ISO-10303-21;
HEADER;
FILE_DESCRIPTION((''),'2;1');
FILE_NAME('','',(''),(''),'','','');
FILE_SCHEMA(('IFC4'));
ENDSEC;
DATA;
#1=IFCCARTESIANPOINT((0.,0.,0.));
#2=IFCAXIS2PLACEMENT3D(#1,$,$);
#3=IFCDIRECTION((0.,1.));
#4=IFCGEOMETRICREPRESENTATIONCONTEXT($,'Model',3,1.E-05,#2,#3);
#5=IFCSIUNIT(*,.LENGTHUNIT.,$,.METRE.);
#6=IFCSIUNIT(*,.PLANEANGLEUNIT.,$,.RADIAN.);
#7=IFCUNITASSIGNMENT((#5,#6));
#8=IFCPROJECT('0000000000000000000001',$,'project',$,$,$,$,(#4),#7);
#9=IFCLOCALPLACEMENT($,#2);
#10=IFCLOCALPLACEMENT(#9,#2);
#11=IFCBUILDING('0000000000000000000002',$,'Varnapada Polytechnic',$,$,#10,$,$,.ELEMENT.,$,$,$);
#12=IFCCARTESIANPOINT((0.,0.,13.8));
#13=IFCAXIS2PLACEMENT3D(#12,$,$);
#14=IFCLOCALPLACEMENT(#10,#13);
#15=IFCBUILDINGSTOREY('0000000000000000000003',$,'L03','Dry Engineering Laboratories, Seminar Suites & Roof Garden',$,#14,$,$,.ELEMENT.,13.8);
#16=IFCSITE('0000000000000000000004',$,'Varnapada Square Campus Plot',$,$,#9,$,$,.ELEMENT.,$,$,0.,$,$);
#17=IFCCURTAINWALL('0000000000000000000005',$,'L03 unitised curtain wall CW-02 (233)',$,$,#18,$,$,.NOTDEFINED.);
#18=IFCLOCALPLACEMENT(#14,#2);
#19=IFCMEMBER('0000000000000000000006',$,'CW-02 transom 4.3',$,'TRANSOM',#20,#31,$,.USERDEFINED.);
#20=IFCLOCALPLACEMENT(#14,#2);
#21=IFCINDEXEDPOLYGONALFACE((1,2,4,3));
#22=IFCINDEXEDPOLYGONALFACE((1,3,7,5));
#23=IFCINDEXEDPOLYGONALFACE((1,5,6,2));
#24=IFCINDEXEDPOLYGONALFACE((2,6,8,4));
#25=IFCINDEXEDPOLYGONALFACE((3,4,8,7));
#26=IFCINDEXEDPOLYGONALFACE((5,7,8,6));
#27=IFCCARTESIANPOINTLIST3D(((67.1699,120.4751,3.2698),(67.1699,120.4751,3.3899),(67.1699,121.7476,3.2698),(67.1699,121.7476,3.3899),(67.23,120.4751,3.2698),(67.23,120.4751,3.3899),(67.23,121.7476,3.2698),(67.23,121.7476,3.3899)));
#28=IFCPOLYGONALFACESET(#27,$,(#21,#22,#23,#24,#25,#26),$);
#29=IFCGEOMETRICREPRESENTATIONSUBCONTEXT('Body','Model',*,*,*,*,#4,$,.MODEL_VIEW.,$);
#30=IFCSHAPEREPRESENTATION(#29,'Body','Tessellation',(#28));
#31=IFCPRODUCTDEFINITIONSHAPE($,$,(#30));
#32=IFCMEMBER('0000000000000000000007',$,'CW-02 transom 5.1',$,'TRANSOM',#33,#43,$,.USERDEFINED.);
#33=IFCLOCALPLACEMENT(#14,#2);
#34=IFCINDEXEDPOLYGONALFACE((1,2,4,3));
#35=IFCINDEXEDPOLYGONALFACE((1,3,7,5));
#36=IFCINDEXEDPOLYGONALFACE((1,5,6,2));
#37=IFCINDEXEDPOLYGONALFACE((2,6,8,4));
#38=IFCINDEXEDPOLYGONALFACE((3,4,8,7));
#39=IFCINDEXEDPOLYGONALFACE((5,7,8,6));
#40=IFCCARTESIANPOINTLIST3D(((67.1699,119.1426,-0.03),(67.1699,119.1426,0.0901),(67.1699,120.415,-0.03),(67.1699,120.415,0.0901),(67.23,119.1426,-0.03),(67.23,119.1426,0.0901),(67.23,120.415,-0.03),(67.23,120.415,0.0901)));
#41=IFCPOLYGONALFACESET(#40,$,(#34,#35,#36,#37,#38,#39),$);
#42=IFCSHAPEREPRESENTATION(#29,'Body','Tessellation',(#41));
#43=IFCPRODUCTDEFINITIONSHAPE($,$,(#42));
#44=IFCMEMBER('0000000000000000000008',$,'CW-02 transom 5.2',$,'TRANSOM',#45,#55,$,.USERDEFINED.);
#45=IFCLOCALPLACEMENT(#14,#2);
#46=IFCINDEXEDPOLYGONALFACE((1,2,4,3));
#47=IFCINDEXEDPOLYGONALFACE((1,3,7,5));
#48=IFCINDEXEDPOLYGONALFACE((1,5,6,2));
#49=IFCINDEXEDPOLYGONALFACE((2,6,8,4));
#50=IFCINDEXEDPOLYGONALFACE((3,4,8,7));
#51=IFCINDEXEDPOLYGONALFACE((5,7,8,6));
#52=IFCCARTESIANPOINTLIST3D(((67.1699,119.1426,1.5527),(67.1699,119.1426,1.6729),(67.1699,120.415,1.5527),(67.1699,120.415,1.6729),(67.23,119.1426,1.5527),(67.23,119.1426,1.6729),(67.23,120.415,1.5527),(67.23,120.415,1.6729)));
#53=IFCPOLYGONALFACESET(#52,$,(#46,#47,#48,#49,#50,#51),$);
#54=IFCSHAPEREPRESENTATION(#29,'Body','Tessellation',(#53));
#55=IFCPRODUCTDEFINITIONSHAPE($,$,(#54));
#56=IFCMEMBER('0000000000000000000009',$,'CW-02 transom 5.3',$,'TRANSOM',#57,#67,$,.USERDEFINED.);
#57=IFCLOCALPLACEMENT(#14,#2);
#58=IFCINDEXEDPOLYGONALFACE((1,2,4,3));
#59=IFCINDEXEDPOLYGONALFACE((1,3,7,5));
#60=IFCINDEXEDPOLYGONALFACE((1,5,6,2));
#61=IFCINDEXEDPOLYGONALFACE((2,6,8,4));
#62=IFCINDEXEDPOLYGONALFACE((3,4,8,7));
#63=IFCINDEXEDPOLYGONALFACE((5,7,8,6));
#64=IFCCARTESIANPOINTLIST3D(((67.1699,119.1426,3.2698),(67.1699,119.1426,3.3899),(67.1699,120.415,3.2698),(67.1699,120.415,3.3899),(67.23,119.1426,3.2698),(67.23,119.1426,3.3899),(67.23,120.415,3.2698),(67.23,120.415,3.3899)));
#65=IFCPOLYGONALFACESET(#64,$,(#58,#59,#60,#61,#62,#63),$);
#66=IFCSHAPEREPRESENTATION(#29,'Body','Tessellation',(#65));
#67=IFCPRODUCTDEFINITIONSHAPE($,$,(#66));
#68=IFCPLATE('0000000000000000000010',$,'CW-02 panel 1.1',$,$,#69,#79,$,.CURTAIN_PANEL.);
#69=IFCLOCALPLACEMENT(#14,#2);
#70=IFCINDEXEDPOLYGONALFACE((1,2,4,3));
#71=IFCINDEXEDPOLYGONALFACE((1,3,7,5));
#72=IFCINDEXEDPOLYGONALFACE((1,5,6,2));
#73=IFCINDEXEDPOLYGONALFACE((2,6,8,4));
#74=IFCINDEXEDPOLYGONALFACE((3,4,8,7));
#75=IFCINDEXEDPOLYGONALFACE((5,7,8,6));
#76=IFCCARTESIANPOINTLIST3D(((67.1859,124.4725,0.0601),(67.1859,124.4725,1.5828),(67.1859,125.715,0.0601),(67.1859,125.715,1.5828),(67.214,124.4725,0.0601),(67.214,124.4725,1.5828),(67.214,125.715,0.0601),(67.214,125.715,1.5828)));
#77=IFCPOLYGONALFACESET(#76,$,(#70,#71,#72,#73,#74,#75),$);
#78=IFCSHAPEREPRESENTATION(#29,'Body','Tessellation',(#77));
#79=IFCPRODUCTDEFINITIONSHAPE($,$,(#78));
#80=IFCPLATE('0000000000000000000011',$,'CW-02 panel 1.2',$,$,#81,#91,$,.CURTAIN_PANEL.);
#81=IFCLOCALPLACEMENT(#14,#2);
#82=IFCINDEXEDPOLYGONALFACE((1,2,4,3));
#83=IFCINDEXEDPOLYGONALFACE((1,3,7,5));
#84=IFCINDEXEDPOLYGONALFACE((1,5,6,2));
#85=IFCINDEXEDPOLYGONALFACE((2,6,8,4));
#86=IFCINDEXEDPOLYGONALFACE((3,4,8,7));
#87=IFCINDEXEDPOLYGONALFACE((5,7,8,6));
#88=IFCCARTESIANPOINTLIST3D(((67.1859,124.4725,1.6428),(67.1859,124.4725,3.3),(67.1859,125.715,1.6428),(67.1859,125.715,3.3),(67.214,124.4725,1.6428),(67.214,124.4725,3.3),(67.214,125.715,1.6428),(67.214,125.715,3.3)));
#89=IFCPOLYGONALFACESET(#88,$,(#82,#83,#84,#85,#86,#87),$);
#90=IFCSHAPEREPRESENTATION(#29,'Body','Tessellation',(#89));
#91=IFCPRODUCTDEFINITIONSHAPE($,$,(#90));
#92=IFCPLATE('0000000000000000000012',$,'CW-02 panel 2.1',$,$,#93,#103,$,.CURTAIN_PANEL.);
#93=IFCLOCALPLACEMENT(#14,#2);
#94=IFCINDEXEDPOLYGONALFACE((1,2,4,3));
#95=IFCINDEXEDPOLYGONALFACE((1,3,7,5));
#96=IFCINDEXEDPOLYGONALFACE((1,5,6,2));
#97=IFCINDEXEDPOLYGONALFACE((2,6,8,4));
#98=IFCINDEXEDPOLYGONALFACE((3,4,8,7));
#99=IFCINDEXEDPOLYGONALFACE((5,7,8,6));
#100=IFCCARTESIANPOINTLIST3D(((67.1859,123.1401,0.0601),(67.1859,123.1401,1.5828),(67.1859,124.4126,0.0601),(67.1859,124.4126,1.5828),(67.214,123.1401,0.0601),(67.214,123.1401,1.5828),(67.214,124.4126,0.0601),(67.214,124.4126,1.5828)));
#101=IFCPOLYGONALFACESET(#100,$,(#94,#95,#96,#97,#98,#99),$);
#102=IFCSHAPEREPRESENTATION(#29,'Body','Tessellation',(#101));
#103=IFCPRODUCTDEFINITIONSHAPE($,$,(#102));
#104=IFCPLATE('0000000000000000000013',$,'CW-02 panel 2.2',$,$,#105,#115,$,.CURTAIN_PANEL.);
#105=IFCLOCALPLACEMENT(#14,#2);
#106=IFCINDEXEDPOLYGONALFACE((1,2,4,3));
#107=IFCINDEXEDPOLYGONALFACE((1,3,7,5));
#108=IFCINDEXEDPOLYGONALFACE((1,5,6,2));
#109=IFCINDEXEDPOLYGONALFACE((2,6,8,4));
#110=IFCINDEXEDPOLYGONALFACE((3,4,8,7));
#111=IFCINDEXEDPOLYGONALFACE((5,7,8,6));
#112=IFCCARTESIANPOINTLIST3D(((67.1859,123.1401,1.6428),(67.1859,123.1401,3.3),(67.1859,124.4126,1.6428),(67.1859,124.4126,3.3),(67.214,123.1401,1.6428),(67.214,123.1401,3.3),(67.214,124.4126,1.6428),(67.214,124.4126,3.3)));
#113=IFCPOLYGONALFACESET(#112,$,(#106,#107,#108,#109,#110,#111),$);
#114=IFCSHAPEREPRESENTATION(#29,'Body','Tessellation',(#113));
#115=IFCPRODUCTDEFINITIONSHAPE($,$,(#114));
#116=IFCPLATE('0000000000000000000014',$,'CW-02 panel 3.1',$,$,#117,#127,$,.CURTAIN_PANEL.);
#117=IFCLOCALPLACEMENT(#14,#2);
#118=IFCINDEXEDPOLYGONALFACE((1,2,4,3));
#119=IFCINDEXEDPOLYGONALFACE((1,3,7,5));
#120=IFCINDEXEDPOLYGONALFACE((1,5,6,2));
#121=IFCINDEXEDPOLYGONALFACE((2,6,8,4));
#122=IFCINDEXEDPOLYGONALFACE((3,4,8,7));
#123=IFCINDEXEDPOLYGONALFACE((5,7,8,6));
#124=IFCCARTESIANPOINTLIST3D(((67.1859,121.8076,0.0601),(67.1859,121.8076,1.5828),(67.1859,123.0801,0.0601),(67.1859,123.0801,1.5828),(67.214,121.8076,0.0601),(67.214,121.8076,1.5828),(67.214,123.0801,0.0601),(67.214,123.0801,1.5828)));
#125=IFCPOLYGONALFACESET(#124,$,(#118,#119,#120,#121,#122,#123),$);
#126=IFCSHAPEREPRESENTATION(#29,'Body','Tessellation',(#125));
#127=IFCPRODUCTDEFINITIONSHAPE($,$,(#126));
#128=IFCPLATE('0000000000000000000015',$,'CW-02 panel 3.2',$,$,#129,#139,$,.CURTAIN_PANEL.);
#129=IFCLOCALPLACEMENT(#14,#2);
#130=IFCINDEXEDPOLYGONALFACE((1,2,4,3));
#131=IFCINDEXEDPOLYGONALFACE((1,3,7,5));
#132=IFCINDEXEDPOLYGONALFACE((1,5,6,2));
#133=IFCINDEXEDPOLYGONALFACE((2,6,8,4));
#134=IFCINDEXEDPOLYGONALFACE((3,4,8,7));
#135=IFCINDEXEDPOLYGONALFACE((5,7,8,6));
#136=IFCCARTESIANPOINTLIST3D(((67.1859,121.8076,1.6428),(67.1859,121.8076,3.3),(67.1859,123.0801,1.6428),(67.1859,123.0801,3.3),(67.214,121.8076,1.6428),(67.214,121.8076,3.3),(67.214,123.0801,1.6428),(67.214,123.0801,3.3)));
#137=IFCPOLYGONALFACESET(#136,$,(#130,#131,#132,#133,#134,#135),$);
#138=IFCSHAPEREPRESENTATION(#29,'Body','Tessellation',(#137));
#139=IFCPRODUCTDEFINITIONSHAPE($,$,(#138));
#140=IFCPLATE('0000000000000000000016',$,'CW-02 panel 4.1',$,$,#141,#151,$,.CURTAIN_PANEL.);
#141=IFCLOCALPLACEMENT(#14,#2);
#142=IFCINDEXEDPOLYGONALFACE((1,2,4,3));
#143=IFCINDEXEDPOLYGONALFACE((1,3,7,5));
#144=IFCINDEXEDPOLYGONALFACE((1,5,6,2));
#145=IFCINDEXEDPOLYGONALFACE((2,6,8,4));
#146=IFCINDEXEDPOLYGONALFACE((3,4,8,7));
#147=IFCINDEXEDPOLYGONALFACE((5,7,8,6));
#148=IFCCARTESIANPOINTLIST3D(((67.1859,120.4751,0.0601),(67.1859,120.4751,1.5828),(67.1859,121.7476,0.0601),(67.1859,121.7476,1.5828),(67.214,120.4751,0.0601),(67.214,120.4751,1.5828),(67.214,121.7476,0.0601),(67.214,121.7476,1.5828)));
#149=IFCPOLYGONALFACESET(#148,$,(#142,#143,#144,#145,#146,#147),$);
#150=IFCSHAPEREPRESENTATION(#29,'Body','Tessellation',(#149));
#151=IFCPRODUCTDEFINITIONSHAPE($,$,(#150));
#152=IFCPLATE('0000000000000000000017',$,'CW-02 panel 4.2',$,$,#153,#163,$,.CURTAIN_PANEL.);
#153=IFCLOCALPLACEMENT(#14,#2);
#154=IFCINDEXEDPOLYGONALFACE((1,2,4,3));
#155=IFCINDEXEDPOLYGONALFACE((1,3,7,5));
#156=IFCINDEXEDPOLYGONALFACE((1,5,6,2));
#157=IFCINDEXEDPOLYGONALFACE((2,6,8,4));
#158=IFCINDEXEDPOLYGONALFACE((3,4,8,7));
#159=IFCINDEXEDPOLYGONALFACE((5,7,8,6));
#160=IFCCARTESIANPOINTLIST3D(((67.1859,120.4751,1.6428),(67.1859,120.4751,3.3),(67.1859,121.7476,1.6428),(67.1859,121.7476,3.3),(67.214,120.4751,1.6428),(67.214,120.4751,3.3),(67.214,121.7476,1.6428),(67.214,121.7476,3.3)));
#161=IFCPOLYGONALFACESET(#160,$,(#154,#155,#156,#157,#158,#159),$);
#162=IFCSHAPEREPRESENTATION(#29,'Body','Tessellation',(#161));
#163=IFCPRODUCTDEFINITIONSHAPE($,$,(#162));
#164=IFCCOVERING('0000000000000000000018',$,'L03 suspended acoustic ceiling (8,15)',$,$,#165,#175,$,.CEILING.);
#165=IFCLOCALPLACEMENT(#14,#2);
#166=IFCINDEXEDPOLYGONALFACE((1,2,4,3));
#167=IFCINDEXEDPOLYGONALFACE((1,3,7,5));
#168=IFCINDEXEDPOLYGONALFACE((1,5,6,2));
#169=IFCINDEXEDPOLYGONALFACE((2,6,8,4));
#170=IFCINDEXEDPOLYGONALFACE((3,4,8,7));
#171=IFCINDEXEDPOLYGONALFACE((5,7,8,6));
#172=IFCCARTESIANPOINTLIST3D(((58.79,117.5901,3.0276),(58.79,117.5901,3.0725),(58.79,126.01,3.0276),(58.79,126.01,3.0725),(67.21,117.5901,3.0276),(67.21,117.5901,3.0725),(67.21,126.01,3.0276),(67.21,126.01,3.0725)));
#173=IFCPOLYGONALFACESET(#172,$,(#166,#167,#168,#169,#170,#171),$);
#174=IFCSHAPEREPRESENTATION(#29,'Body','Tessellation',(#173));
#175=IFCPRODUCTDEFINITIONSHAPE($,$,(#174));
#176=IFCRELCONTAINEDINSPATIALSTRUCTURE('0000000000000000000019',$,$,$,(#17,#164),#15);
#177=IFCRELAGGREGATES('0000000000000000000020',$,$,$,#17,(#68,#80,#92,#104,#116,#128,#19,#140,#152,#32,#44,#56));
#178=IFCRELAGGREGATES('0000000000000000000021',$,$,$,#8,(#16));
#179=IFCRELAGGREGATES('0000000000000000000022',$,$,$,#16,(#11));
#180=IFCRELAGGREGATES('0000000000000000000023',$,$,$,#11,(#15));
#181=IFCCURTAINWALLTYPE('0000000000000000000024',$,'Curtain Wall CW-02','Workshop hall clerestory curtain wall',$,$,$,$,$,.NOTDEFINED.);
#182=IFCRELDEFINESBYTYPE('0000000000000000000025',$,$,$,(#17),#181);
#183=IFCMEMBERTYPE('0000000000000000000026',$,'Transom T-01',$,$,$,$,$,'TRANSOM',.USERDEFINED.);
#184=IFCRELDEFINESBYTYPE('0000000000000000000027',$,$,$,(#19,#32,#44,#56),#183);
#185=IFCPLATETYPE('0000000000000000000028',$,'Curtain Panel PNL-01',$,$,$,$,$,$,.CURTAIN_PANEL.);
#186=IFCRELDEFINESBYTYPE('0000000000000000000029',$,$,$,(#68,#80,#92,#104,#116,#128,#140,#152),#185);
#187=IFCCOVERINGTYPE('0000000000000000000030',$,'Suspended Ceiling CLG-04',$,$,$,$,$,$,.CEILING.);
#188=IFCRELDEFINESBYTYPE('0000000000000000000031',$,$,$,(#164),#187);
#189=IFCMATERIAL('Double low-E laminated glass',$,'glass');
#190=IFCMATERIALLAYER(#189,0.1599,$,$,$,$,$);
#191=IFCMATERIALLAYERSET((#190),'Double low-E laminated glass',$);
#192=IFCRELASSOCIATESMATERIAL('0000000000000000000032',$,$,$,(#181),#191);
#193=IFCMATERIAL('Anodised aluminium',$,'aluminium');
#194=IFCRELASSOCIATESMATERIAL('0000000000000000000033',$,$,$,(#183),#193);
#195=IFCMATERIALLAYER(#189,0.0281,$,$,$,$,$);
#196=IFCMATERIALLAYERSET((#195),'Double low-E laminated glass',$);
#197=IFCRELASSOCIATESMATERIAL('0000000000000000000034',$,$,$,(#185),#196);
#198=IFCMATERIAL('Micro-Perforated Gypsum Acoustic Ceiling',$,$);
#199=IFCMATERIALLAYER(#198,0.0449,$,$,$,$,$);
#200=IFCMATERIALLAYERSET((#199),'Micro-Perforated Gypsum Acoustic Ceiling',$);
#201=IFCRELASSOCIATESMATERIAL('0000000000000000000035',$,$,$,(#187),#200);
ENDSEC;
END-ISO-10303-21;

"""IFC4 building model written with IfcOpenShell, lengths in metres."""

from ifc_helpers import new_model, si_unit, direction, frame, origin, origin_2d, place, context, subcontext, project, spatial, rectangle, extrude, material, layer, layer_set, material_profile, profile_set, type_object, element, aggregate, save


model = new_model("IFC4")

# Units and contexts
model_context = context("Model", 3, precision=1e-05, world=origin(), true_north=direction((0.0, 1.0)))
body_context = subcontext(model_context, "Body", "Model", "MODEL_VIEW")
ifc_project = project(units=[si_unit("LENGTHUNIT", "METRE"), si_unit("PLANEANGLEUNIT", "RADIAN")], contexts=[model_context])

# Site, building, storey
site_placement = place(None, origin())
site = spatial("IfcSite", under=ifc_project, at=site_placement, Name="Varnapada Square Campus Plot", CompositionType="ELEMENT", RefElevation=0.0)
building_placement = place(site_placement, origin())
building = spatial("IfcBuilding", under=site, at=building_placement, Name="Varnapada Polytechnic", CompositionType="ELEMENT")
storey_placement = place(building_placement, frame((0.0, 0.0, 13.8)))
storey = spatial("IfcBuildingStorey", under=building, at=storey_placement, Name="L03", Description="Dry Engineering Laboratories, Seminar Suites & Roof Garden", CompositionType="ELEMENT", Elevation=13.8)

# Shared definitions
ifc_material_1 = material(Name="Double low-E laminated glass", Category="glass")
ifc_layer_1 = layer(ifc_material_1, 0.1599)
ifc_layer_set_1 = layer_set([ifc_layer_1], Name="Double low-E laminated glass")
curtain_wall_type = type_object("IfcCurtainWallType", Name="Curtain Wall CW-02", Description="Workshop hall clerestory curtain wall", PredefinedType="NOTDEFINED", material=ifc_layer_set_1)
ifc_material_2 = material(Name="Anodised aluminium", Category="aluminium")

# Curtain wall, members, plates
curtain_wall_1_placement = place(storey_placement, origin())
curtain_wall_1 = element("IfcCurtainWall", 1, at=curtain_wall_1_placement, inside=storey, type_object=curtain_wall_type, Name="L03 unitised curtain wall CW-02 (233)", PredefinedType="NOTDEFINED")
ifc_material_profile_1 = material_profile(ifc_material_2, rectangle(XDim=0.0601, YDim=0.1201, at=origin_2d()), Name="ALU T60x120")
ifc_profile_set_1 = profile_set([ifc_material_profile_1], Name="Anodised aluminium")
member_type_1 = type_object("IfcMemberType", Name="Transom T-01", ElementType="TRANSOM", PredefinedType="USERDEFINED", material=ifc_profile_set_1)
member_1_placement = place(storey_placement, frame((67.2, 121.7476, 3.3298), z_axis=(0.0, -1.0, 0.0), x_axis=(1.0, 0.0, 0.0)))
member_1 = element("IfcMember", 2, at=member_1_placement, type_object=member_type_1, Name="CW-02 transom 4.3", ObjectType="TRANSOM", PredefinedType="USERDEFINED", context=body_context, shape_type="SweptSolid", body=[
    extrude(rectangle(XDim=0.0601, YDim=0.1201, at=origin_2d()), origin(), (0.0, 0.0, 1.0), 1.2725),
])
member_2_placement = place(storey_placement, frame((67.2, 120.415, 0.03), z_axis=(0.0, -1.0, 0.0), x_axis=(1.0, 0.0, 0.0)))
member_2 = element("IfcMember", 3, at=member_2_placement, type_object=member_type_1, Name="CW-02 transom 5.1", ObjectType="TRANSOM", PredefinedType="USERDEFINED", context=body_context, shape_type="SweptSolid", body=[
    extrude(rectangle(XDim=0.0601, YDim=0.1201, at=origin_2d()), origin(), (0.0, 0.0, 1.0), 1.2725),
])
member_3_placement = place(storey_placement, frame((67.2, 120.415, 1.6128), z_axis=(0.0, -1.0, 0.0), x_axis=(1.0, 0.0, 0.0)))
member_3 = element("IfcMember", 4, at=member_3_placement, type_object=member_type_1, Name="CW-02 transom 5.2", ObjectType="TRANSOM", PredefinedType="USERDEFINED", context=body_context, shape_type="SweptSolid", body=[
    extrude(rectangle(XDim=0.0601, YDim=0.1201, at=origin_2d()), origin(), (0.0, 0.0, 1.0), 1.2725),
])
member_4_placement = place(storey_placement, frame((67.2, 120.415, 3.3298), z_axis=(0.0, -1.0, 0.0), x_axis=(1.0, 0.0, 0.0)))
member_4 = element("IfcMember", 5, at=member_4_placement, type_object=member_type_1, Name="CW-02 transom 5.3", ObjectType="TRANSOM", PredefinedType="USERDEFINED", context=body_context, shape_type="SweptSolid", body=[
    extrude(rectangle(XDim=0.0601, YDim=0.1201, at=origin_2d()), origin(), (0.0, 0.0, 1.0), 1.2725),
])
ifc_layer_2 = layer(ifc_material_1, 0.0281)
ifc_layer_set_2 = layer_set([ifc_layer_2], Name="Double low-E laminated glass")
plate_type = type_object("IfcPlateType", Name="Curtain Panel PNL-01", PredefinedType="CURTAIN_PANEL", material=ifc_layer_set_2)
plate_1_placement = place(storey_placement, frame((67.2, 125.0938, 0.0601), z_axis=(0.0, 0.0, 1.0), x_axis=(0.0, -1.0, 0.0)))
plate_1 = element("IfcPlate", 6, at=plate_1_placement, type_object=plate_type, Name="CW-02 panel 1.1", PredefinedType="CURTAIN_PANEL", context=body_context, shape_type="SweptSolid", body=[
    extrude(rectangle(XDim=1.2424, YDim=0.0281, at=origin_2d()), origin(), (0.0, 0.0, 1.0), 1.5227),
])
plate_2_placement = place(storey_placement, frame((67.2, 125.0938, 1.6428), z_axis=(0.0, 0.0, 1.0), x_axis=(0.0, -1.0, 0.0)))
plate_2 = element("IfcPlate", 7, at=plate_2_placement, type_object=plate_type, Name="CW-02 panel 1.2", PredefinedType="CURTAIN_PANEL", context=body_context, shape_type="SweptSolid", body=[
    extrude(rectangle(XDim=1.2424, YDim=0.0281, at=origin_2d()), origin(), (0.0, 0.0, 1.0), 1.6572),
])
plate_3_placement = place(storey_placement, frame((67.2, 123.7764, 0.0601), z_axis=(0.0, 0.0, 1.0), x_axis=(0.0, -1.0, 0.0)))
plate_3 = element("IfcPlate", 8, at=plate_3_placement, type_object=plate_type, Name="CW-02 panel 2.1", PredefinedType="CURTAIN_PANEL", context=body_context, shape_type="SweptSolid", body=[
    extrude(rectangle(XDim=1.2725, YDim=0.0281, at=origin_2d()), origin(), (0.0, 0.0, 1.0), 1.5227),
])
plate_4_placement = place(storey_placement, frame((67.2, 123.7764, 1.6428), z_axis=(0.0, 0.0, 1.0), x_axis=(0.0, -1.0, 0.0)))
plate_4 = element("IfcPlate", 9, at=plate_4_placement, type_object=plate_type, Name="CW-02 panel 2.2", PredefinedType="CURTAIN_PANEL", context=body_context, shape_type="SweptSolid", body=[
    extrude(rectangle(XDim=1.2725, YDim=0.0281, at=origin_2d()), origin(), (0.0, 0.0, 1.0), 1.6572),
])
plate_5_placement = place(storey_placement, frame((67.2, 122.4438, 0.0601), z_axis=(0.0, 0.0, 1.0), x_axis=(0.0, -1.0, 0.0)))
plate_5 = element("IfcPlate", 10, at=plate_5_placement, type_object=plate_type, Name="CW-02 panel 3.1", PredefinedType="CURTAIN_PANEL", context=body_context, shape_type="SweptSolid", body=[
    extrude(rectangle(XDim=1.2725, YDim=0.0281, at=origin_2d()), origin(), (0.0, 0.0, 1.0), 1.5227),
])
plate_6_placement = place(storey_placement, frame((67.2, 122.4438, 1.6428), z_axis=(0.0, 0.0, 1.0), x_axis=(0.0, -1.0, 0.0)))
plate_6 = element("IfcPlate", 11, at=plate_6_placement, type_object=plate_type, Name="CW-02 panel 3.2", PredefinedType="CURTAIN_PANEL", context=body_context, shape_type="SweptSolid", body=[
    extrude(rectangle(XDim=1.2725, YDim=0.0281, at=origin_2d()), origin(), (0.0, 0.0, 1.0), 1.6572),
])
plate_7_placement = place(storey_placement, frame((67.2, 121.1113, 0.0601), z_axis=(0.0, 0.0, 1.0), x_axis=(0.0, -1.0, 0.0)))
plate_7 = element("IfcPlate", 12, at=plate_7_placement, type_object=plate_type, Name="CW-02 panel 4.1", PredefinedType="CURTAIN_PANEL", context=body_context, shape_type="SweptSolid", body=[
    extrude(rectangle(XDim=1.2725, YDim=0.0281, at=origin_2d()), origin(), (0.0, 0.0, 1.0), 1.5227),
])
plate_8_placement = place(storey_placement, frame((67.2, 121.1113, 1.6428), z_axis=(0.0, 0.0, 1.0), x_axis=(0.0, -1.0, 0.0)))
plate_8 = element("IfcPlate", 13, at=plate_8_placement, type_object=plate_type, Name="CW-02 panel 4.2", PredefinedType="CURTAIN_PANEL", context=body_context, shape_type="SweptSolid", body=[
    extrude(rectangle(XDim=1.2725, YDim=0.0281, at=origin_2d()), origin(), (0.0, 0.0, 1.0), 1.6572),
])
aggregate(curtain_wall_1, [plate_1, plate_2, plate_3, plate_4, plate_5, plate_6, member_1, plate_7, plate_8, member_2, member_3, member_4])

# Covering
ifc_material_3 = material(Name="Micro-Perforated Gypsum Acoustic Ceiling")
ifc_layer_3 = layer(ifc_material_3, 0.0449)
ifc_layer_set_3 = layer_set([ifc_layer_3], Name="Micro-Perforated Gypsum Acoustic Ceiling")
covering_type = type_object("IfcCoveringType", Name="Suspended Ceiling CLG-04", PredefinedType="CEILING", material=ifc_layer_set_3)
covering_placement = place(storey_placement, frame((63.0, 121.8, 3.0276), z_axis=(0.0, 0.0, 1.0), x_axis=(1.0, 0.0, 0.0)))
element("IfcCovering", 14, at=covering_placement, inside=storey, type_object=covering_type, Name="L03 suspended acoustic ceiling (8,15)", PredefinedType="CEILING", context=body_context, shape_type="SweptSolid", body=[
    extrude(rectangle(XDim=8.4199, YDim=8.4199, at=origin_2d()), origin(), (0.0, 0.0, 1.0), 0.0449),
])

save(model, "model.ifc")
